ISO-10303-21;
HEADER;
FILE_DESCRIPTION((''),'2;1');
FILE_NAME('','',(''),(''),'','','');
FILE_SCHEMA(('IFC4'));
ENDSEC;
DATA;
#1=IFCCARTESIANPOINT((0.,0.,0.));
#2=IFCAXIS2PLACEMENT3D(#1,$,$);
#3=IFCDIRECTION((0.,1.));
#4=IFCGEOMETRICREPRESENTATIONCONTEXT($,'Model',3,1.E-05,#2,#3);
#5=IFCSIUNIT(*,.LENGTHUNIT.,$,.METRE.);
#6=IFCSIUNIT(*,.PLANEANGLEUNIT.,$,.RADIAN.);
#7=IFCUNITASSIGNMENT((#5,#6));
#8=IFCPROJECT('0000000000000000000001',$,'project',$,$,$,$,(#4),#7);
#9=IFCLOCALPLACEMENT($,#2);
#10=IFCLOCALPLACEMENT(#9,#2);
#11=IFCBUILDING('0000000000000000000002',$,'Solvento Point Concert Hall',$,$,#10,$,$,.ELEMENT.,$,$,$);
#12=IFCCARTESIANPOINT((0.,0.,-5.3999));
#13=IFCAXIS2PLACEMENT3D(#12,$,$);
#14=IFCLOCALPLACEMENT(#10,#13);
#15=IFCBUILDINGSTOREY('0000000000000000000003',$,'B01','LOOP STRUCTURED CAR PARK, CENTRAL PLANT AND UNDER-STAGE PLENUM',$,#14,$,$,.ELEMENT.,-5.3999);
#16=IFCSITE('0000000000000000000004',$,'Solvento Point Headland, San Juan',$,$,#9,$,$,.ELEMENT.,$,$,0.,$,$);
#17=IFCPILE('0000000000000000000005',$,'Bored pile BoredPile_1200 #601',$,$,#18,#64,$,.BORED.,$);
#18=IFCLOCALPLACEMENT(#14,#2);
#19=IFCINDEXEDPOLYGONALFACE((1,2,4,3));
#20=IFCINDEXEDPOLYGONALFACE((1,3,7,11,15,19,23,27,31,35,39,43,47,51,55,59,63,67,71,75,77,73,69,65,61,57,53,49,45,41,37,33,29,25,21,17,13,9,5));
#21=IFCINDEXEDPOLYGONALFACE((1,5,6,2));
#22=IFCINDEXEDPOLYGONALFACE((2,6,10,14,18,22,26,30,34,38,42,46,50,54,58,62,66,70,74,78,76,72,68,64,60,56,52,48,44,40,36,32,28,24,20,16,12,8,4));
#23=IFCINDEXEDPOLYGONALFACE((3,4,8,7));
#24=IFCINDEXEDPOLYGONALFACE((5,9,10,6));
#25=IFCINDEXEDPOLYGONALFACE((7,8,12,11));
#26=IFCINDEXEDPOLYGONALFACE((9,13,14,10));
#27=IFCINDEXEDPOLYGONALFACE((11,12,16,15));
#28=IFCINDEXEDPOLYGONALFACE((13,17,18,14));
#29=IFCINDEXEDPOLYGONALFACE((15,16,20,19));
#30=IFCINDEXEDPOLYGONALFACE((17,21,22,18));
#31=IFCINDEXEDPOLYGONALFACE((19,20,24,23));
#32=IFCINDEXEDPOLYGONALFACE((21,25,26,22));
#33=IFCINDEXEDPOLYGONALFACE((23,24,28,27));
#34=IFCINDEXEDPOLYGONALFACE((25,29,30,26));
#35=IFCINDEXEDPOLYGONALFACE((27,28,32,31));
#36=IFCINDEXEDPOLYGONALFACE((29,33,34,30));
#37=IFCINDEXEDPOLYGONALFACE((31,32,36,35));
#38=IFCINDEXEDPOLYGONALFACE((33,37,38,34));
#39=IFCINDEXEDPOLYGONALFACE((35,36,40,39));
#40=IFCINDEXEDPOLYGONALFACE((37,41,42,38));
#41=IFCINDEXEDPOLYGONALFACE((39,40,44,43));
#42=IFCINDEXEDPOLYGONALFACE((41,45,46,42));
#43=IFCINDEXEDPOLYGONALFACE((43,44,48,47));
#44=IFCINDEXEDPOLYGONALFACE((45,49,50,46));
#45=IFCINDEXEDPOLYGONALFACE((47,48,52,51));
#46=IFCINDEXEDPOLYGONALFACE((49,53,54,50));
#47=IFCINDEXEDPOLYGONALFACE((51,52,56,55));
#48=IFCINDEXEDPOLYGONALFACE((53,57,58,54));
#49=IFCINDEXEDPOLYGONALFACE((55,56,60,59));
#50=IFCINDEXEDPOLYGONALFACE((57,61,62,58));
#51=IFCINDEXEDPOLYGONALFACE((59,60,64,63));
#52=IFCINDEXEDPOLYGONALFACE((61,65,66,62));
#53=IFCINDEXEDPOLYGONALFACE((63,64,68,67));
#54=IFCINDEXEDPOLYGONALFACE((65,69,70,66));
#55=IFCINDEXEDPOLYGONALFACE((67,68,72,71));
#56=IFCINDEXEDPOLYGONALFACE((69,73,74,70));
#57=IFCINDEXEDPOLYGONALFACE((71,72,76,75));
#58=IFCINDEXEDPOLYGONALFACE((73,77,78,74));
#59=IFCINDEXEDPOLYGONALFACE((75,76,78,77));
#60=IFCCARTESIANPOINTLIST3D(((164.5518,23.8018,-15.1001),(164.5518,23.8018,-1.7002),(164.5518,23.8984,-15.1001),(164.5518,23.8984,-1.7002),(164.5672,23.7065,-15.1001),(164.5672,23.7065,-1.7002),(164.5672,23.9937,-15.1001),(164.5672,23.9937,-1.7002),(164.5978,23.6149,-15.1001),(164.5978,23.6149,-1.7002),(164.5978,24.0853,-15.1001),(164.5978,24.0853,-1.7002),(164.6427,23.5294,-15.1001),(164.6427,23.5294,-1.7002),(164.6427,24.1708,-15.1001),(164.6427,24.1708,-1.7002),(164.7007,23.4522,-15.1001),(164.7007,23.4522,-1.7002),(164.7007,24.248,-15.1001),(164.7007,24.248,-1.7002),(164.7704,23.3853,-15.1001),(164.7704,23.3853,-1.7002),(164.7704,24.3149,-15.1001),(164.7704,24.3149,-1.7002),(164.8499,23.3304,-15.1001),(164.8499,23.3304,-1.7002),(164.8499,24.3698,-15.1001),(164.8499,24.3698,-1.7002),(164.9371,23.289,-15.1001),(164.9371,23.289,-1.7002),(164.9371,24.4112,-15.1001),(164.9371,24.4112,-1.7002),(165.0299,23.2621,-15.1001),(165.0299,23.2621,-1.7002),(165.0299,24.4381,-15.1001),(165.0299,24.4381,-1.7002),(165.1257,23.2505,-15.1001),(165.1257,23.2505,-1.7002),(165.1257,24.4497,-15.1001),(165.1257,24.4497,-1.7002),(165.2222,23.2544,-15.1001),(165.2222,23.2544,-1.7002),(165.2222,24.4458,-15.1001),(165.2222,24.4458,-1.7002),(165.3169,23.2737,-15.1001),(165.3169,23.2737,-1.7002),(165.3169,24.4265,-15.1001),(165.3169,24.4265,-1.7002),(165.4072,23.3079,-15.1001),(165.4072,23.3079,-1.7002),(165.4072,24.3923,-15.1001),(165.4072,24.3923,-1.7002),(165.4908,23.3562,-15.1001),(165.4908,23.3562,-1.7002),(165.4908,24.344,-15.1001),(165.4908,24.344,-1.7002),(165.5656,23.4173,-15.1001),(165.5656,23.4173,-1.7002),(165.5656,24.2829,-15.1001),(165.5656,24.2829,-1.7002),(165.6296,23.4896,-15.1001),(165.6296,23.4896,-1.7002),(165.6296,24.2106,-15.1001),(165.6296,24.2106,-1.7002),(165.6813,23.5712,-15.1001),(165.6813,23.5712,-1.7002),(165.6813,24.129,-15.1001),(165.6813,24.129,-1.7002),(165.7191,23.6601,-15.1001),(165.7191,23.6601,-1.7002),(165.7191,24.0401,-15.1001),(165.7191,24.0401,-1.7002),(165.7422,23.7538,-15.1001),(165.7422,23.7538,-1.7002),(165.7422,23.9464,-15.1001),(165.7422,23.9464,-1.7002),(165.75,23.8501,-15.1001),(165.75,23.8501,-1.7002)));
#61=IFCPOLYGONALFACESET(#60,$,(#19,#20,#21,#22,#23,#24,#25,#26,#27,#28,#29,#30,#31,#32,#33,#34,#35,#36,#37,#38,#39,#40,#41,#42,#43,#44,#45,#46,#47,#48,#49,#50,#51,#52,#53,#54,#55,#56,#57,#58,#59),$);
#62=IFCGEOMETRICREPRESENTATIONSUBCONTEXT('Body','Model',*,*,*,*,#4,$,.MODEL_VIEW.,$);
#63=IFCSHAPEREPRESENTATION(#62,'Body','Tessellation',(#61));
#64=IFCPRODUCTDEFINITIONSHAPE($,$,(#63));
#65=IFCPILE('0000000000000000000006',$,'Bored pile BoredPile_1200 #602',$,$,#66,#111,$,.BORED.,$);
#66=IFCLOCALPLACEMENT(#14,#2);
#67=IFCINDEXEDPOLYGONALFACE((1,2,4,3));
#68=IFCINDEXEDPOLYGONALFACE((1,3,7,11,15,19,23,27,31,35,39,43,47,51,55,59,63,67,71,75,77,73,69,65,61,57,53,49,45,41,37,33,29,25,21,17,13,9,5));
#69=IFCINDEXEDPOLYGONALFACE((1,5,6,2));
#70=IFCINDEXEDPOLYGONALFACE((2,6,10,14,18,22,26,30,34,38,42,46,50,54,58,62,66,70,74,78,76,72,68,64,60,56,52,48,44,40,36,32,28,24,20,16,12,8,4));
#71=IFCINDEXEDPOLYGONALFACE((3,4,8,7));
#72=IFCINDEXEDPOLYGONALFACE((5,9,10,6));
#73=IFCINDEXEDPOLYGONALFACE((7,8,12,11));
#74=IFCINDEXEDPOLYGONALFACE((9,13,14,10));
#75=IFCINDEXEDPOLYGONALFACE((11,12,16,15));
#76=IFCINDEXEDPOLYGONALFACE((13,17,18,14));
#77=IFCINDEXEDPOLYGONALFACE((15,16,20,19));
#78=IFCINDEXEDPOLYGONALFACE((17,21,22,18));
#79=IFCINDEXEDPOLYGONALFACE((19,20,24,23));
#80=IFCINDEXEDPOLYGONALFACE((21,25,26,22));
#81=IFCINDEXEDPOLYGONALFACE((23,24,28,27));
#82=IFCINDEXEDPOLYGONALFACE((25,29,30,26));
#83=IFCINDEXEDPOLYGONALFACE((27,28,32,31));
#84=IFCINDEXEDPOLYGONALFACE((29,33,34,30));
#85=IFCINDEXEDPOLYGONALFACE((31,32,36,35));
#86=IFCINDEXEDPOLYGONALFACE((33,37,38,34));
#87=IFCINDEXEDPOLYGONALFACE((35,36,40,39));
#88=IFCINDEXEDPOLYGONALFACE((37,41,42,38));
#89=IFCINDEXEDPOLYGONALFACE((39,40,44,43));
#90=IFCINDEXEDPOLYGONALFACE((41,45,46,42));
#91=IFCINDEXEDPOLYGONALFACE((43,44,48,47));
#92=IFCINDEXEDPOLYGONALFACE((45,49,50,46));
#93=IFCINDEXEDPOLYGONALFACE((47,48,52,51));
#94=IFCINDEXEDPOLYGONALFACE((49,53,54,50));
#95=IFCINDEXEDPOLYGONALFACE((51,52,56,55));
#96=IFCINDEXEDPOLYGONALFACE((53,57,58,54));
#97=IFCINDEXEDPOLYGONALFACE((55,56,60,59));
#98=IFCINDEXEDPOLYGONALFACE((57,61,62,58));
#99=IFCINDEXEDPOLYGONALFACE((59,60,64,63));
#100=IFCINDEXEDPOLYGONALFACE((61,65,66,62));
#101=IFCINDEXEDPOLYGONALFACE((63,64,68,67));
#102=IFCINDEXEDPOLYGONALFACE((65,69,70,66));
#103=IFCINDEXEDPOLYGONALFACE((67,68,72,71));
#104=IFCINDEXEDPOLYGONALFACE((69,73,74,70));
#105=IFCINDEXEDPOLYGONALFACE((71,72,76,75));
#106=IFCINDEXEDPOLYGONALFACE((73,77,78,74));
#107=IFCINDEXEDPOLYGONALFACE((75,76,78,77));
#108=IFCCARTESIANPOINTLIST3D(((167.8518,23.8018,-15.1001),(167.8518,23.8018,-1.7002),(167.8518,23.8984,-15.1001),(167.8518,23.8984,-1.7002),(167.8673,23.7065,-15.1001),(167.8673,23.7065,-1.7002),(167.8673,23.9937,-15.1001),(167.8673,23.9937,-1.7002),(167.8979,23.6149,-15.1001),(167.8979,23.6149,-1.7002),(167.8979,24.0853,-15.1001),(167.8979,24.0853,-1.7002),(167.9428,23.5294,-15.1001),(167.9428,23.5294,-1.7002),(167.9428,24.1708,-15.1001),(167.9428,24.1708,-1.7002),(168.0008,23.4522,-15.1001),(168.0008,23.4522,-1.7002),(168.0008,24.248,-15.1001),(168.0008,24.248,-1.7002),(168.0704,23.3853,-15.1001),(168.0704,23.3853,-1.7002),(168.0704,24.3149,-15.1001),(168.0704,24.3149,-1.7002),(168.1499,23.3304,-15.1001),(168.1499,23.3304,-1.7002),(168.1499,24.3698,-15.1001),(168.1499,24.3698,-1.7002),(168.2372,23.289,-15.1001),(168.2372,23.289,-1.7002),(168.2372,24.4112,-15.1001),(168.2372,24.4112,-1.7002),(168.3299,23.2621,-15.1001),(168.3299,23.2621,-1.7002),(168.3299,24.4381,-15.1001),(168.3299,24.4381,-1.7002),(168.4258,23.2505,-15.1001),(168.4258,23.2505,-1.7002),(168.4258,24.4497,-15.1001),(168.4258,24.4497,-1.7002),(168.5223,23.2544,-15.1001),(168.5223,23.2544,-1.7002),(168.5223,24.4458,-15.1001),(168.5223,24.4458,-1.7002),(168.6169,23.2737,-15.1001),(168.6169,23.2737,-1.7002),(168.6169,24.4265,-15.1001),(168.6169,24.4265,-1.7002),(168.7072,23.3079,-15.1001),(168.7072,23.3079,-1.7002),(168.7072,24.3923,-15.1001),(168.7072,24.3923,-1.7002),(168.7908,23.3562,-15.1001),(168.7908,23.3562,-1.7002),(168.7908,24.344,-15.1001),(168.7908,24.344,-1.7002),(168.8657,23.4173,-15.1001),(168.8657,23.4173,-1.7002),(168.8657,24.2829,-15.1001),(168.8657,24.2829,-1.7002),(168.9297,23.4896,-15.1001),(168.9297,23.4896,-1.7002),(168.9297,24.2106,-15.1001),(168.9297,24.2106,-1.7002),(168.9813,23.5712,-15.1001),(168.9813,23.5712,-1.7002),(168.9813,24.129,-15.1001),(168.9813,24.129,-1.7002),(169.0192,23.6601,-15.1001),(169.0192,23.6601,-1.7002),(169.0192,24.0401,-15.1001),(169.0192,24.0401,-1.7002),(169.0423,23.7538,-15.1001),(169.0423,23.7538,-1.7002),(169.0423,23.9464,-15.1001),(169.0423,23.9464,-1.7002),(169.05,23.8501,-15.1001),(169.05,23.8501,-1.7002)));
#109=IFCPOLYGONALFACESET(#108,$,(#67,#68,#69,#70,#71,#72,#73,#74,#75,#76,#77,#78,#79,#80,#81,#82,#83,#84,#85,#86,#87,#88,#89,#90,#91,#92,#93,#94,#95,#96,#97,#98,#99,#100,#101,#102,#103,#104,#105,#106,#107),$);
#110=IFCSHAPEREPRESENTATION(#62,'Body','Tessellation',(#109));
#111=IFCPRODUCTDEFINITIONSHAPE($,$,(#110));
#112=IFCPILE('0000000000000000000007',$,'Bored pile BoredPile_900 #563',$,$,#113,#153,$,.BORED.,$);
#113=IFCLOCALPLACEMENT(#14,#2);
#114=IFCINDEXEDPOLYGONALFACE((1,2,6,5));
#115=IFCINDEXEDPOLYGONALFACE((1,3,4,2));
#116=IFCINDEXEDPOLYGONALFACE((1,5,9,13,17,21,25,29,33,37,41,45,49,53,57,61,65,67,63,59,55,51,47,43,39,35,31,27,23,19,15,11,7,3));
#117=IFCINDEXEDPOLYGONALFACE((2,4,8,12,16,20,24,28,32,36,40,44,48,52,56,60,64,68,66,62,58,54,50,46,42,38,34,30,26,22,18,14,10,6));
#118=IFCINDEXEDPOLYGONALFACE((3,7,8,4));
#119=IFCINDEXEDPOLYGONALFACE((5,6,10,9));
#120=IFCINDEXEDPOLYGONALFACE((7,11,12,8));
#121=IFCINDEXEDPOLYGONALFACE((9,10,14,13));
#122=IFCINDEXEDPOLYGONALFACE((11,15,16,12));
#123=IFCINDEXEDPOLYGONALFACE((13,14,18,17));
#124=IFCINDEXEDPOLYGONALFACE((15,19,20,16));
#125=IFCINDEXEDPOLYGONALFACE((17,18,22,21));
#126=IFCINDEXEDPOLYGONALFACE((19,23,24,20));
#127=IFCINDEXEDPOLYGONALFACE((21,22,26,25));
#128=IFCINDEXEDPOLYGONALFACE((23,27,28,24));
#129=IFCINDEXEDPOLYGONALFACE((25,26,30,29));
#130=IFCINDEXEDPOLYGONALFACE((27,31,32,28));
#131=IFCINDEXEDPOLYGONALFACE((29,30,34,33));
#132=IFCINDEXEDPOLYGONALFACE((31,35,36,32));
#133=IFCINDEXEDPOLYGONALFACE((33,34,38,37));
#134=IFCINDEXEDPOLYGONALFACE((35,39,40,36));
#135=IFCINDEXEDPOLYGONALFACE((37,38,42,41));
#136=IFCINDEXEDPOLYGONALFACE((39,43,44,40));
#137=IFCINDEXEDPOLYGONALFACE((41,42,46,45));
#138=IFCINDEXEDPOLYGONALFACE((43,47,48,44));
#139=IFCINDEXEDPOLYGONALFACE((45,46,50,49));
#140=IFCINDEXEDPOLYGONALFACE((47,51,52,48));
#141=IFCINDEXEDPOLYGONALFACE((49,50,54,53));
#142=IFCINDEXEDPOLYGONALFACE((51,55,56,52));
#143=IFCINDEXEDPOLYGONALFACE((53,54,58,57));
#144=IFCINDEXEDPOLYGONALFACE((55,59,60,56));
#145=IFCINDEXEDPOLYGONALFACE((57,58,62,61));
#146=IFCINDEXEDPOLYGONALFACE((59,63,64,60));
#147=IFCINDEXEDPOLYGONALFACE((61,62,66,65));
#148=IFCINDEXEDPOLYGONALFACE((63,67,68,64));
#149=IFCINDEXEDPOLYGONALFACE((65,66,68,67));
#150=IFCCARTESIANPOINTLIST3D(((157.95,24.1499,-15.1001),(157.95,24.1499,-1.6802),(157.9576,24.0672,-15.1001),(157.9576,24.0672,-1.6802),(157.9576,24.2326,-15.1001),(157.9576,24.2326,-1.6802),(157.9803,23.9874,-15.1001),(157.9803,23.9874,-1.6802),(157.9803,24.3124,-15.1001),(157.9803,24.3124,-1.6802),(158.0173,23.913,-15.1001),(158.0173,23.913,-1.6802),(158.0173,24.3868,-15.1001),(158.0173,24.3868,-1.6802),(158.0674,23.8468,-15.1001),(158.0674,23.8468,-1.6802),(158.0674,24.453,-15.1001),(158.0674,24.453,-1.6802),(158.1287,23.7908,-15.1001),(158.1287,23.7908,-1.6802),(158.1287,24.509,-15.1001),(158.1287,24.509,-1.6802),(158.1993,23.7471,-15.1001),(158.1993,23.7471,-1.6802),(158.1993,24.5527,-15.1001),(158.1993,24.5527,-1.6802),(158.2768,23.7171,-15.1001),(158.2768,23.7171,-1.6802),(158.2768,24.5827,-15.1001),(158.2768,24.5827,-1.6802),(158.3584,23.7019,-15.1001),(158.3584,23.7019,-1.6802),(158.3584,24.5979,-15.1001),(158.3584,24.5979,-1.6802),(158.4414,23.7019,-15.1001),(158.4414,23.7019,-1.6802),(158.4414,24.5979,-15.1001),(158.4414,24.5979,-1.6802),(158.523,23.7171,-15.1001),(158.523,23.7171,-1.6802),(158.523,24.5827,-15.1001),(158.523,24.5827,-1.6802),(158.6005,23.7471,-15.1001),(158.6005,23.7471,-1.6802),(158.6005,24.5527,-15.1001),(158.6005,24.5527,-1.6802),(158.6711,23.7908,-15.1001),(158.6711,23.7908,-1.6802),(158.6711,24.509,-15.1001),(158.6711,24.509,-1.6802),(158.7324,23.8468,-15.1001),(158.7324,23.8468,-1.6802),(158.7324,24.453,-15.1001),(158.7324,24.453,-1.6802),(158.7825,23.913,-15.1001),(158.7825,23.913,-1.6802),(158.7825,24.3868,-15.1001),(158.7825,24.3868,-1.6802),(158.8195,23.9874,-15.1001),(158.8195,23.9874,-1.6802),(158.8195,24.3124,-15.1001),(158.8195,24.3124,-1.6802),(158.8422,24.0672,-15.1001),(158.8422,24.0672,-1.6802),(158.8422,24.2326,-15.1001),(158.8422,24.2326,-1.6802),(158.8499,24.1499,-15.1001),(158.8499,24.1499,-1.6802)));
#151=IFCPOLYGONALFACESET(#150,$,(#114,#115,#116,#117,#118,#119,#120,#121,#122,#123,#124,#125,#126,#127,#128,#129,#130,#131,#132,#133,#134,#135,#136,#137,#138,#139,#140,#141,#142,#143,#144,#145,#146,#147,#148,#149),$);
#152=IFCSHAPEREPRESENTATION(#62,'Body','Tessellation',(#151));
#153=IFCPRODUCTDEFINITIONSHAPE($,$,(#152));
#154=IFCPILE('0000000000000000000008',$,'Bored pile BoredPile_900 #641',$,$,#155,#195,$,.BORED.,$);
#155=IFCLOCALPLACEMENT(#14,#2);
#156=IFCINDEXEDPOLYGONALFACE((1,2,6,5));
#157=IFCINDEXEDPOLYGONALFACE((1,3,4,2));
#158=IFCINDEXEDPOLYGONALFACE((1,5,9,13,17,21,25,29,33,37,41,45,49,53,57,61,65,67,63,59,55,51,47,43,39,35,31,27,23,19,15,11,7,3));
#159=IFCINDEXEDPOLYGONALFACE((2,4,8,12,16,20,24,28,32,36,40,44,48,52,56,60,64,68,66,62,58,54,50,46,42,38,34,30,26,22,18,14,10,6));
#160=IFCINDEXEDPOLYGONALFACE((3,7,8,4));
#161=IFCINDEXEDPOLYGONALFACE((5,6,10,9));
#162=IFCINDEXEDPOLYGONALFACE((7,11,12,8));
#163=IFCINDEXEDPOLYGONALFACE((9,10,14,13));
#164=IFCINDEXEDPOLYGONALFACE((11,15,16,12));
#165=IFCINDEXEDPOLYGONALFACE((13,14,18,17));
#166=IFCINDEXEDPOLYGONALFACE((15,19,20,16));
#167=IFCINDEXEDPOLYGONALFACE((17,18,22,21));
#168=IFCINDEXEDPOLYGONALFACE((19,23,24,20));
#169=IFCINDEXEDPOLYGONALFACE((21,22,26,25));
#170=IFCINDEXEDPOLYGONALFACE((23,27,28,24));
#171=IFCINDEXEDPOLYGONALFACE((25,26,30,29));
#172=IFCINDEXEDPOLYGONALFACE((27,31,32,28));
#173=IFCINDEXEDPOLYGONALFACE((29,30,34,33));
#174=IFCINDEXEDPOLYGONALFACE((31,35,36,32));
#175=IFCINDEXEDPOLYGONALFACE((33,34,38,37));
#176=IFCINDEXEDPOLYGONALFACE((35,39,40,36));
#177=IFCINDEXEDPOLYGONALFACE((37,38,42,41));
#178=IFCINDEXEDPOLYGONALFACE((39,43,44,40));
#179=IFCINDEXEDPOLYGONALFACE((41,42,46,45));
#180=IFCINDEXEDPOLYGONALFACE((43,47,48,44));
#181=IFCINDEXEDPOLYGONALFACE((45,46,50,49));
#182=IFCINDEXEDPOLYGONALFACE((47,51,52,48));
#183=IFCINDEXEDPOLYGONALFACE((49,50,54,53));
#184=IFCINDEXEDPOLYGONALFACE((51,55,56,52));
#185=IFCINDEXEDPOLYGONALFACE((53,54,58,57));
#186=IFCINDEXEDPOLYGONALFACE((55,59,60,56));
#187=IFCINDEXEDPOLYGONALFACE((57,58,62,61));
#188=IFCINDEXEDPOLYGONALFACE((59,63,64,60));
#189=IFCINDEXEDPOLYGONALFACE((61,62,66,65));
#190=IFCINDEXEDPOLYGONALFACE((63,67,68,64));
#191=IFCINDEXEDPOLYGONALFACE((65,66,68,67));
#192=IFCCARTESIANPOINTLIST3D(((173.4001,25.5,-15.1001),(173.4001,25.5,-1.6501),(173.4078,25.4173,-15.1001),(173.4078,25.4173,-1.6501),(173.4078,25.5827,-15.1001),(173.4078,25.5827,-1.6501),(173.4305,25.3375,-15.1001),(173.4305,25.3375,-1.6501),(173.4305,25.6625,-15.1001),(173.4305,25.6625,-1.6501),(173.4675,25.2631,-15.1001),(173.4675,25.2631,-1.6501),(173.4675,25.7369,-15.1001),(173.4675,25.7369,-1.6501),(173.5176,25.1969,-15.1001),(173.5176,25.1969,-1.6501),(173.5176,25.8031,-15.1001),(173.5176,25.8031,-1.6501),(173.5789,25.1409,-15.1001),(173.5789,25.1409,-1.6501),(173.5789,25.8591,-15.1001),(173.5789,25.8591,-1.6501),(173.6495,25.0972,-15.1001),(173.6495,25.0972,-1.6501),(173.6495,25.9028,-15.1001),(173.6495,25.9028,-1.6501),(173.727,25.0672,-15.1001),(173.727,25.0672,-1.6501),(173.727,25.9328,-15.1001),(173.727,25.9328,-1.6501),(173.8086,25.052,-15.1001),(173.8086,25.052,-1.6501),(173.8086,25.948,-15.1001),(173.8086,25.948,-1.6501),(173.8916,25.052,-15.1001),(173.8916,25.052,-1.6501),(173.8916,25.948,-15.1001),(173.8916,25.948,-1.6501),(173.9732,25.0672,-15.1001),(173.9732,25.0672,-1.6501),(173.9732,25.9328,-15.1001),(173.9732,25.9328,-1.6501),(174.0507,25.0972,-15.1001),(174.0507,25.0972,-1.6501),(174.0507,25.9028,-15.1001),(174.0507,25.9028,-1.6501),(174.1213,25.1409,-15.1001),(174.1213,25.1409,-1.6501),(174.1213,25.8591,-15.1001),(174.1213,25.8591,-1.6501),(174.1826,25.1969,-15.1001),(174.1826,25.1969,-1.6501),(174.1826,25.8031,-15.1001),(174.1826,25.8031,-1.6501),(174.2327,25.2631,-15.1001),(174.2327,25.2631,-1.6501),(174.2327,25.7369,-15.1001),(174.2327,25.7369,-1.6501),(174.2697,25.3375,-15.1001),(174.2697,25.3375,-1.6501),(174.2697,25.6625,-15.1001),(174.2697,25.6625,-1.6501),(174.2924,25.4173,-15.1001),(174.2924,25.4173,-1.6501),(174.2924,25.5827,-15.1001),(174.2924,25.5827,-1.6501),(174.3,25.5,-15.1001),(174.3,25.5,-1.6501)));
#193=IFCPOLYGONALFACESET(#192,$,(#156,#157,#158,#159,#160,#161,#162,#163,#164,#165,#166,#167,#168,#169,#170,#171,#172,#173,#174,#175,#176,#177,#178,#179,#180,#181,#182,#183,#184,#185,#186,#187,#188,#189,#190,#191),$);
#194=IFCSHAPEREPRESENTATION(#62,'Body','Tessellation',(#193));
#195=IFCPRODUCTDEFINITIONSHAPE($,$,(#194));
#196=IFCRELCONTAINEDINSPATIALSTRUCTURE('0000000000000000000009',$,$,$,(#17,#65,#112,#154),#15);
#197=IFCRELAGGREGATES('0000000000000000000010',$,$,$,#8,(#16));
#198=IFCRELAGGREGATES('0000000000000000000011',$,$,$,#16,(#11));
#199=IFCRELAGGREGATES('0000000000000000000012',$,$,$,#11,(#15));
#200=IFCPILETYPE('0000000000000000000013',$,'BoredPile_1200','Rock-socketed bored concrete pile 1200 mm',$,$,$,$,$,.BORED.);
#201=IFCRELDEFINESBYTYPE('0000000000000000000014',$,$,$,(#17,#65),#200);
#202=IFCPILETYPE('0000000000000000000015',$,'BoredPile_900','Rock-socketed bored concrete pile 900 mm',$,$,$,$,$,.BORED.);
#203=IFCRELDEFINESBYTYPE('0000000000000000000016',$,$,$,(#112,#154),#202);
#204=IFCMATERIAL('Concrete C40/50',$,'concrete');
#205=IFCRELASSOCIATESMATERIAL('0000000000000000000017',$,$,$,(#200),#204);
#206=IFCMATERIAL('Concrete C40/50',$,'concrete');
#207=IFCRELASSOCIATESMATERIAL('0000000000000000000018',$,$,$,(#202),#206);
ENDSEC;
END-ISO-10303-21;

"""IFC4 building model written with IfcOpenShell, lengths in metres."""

from ifc_helpers import new_model, si_unit, direction, frame, origin, origin_2d, place, context, subcontext, project, spatial, circle, extrude, material, material_profile, profile_set, type_object, element, save


model = new_model("IFC4")

# Units and contexts
model_context = context("Model", 3, precision=1e-05, world=origin(), true_north=direction((0.0, 1.0)))
body_context = subcontext(model_context, "Body", "Model", "MODEL_VIEW")
ifc_project = project(units=[si_unit("LENGTHUNIT", "METRE"), si_unit("PLANEANGLEUNIT", "RADIAN")], contexts=[model_context])

# Site, building, storey
site_placement = place(None, origin())
site = spatial("IfcSite", under=ifc_project, at=site_placement, Name="Solvento Point Headland, San Juan", CompositionType="ELEMENT", RefElevation=0.0)
building_placement = place(site_placement, origin())
building = spatial("IfcBuilding", under=site, at=building_placement, Name="Solvento Point Concert Hall", CompositionType="ELEMENT")
storey_placement = place(building_placement, frame((0.0, 0.0, -5.3999)))
storey = spatial("IfcBuildingStorey", under=building, at=storey_placement, Name="B01", Description="LOOP STRUCTURED CAR PARK, CENTRAL PLANT AND UNDER-STAGE PLENUM", CompositionType="ELEMENT", Elevation=-5.3999)

# Piles
ifc_material_1 = material(Name="Concrete C40/50", Category="concrete")
ifc_material_profile_1 = material_profile(ifc_material_1, circle(Radius=0.6001, at=origin_2d()), Name="BP-1200")
ifc_profile_set_1 = profile_set([ifc_material_profile_1], Name="Concrete C40/50")
pile_type_1 = type_object("IfcPileType", Name="BoredPile_1200", Description="Rock-socketed bored concrete pile 1200 mm", PredefinedType="BORED", material=ifc_profile_set_1)
for number, where, z_axis, x_axis, name in (
    (1, (165.1499, 23.8501, -1.7002), (0.0, 0.0, -1.0), (1.0, 0.0, 0.0), "Bored pile BoredPile_1200 #601"),
    (2, (168.45, 23.8501, -1.7002), (0.0, 0.0, -1.0), (1.0, 0.0, 0.0), "Bored pile BoredPile_1200 #602"),
):
    element("IfcPile", number, at=place(storey_placement, frame(where, z_axis=z_axis, x_axis=x_axis)), inside=storey, type_object=pile_type_1, Name=name, PredefinedType="BORED", context=body_context, shape_type="SweptSolid", body=[
        extrude(circle(Radius=0.6001, at=origin_2d()), origin(), (0.0, 0.0, 1.0), 13.3999),
    ])
ifc_material_2 = material(Name="Concrete C40/50", Category="concrete")
ifc_material_profile_2 = material_profile(ifc_material_2, circle(Radius=0.45, at=origin_2d()), Name="BP-900")
ifc_profile_set_2 = profile_set([ifc_material_profile_2], Name="Concrete C40/50")
pile_type_2 = type_object("IfcPileType", Name="BoredPile_900", Description="Rock-socketed bored concrete pile 900 mm", PredefinedType="BORED", material=ifc_profile_set_2)
pile_1_placement = place(storey_placement, frame((158.3999, 24.1499, -1.6802), z_axis=(0.0, 0.0, -1.0), x_axis=(1.0, 0.0, 0.0)))
element("IfcPile", 3, at=pile_1_placement, inside=storey, type_object=pile_type_2, Name="Bored pile BoredPile_900 #563", PredefinedType="BORED", context=body_context, shape_type="SweptSolid", body=[
    extrude(circle(Radius=0.45, at=origin_2d()), origin(), (0.0, 0.0, 1.0), 13.4199),
])
for number, where, z_axis, x_axis, name in (
    (4, (173.8501, 25.5, -1.6501), (0.0, 0.0, -1.0), (1.0, 0.0, 0.0), "Bored pile BoredPile_900 #641"),
):
    element("IfcPile", number, at=place(storey_placement, frame(where, z_axis=z_axis, x_axis=x_axis)), inside=storey, type_object=pile_type_2, Name=name, PredefinedType="BORED", context=body_context, shape_type="SweptSolid", body=[
        extrude(circle(Radius=0.45, at=origin_2d()), origin(), (0.0, 0.0, 1.0), 13.45),
    ])

save(model, "model.ifc")
